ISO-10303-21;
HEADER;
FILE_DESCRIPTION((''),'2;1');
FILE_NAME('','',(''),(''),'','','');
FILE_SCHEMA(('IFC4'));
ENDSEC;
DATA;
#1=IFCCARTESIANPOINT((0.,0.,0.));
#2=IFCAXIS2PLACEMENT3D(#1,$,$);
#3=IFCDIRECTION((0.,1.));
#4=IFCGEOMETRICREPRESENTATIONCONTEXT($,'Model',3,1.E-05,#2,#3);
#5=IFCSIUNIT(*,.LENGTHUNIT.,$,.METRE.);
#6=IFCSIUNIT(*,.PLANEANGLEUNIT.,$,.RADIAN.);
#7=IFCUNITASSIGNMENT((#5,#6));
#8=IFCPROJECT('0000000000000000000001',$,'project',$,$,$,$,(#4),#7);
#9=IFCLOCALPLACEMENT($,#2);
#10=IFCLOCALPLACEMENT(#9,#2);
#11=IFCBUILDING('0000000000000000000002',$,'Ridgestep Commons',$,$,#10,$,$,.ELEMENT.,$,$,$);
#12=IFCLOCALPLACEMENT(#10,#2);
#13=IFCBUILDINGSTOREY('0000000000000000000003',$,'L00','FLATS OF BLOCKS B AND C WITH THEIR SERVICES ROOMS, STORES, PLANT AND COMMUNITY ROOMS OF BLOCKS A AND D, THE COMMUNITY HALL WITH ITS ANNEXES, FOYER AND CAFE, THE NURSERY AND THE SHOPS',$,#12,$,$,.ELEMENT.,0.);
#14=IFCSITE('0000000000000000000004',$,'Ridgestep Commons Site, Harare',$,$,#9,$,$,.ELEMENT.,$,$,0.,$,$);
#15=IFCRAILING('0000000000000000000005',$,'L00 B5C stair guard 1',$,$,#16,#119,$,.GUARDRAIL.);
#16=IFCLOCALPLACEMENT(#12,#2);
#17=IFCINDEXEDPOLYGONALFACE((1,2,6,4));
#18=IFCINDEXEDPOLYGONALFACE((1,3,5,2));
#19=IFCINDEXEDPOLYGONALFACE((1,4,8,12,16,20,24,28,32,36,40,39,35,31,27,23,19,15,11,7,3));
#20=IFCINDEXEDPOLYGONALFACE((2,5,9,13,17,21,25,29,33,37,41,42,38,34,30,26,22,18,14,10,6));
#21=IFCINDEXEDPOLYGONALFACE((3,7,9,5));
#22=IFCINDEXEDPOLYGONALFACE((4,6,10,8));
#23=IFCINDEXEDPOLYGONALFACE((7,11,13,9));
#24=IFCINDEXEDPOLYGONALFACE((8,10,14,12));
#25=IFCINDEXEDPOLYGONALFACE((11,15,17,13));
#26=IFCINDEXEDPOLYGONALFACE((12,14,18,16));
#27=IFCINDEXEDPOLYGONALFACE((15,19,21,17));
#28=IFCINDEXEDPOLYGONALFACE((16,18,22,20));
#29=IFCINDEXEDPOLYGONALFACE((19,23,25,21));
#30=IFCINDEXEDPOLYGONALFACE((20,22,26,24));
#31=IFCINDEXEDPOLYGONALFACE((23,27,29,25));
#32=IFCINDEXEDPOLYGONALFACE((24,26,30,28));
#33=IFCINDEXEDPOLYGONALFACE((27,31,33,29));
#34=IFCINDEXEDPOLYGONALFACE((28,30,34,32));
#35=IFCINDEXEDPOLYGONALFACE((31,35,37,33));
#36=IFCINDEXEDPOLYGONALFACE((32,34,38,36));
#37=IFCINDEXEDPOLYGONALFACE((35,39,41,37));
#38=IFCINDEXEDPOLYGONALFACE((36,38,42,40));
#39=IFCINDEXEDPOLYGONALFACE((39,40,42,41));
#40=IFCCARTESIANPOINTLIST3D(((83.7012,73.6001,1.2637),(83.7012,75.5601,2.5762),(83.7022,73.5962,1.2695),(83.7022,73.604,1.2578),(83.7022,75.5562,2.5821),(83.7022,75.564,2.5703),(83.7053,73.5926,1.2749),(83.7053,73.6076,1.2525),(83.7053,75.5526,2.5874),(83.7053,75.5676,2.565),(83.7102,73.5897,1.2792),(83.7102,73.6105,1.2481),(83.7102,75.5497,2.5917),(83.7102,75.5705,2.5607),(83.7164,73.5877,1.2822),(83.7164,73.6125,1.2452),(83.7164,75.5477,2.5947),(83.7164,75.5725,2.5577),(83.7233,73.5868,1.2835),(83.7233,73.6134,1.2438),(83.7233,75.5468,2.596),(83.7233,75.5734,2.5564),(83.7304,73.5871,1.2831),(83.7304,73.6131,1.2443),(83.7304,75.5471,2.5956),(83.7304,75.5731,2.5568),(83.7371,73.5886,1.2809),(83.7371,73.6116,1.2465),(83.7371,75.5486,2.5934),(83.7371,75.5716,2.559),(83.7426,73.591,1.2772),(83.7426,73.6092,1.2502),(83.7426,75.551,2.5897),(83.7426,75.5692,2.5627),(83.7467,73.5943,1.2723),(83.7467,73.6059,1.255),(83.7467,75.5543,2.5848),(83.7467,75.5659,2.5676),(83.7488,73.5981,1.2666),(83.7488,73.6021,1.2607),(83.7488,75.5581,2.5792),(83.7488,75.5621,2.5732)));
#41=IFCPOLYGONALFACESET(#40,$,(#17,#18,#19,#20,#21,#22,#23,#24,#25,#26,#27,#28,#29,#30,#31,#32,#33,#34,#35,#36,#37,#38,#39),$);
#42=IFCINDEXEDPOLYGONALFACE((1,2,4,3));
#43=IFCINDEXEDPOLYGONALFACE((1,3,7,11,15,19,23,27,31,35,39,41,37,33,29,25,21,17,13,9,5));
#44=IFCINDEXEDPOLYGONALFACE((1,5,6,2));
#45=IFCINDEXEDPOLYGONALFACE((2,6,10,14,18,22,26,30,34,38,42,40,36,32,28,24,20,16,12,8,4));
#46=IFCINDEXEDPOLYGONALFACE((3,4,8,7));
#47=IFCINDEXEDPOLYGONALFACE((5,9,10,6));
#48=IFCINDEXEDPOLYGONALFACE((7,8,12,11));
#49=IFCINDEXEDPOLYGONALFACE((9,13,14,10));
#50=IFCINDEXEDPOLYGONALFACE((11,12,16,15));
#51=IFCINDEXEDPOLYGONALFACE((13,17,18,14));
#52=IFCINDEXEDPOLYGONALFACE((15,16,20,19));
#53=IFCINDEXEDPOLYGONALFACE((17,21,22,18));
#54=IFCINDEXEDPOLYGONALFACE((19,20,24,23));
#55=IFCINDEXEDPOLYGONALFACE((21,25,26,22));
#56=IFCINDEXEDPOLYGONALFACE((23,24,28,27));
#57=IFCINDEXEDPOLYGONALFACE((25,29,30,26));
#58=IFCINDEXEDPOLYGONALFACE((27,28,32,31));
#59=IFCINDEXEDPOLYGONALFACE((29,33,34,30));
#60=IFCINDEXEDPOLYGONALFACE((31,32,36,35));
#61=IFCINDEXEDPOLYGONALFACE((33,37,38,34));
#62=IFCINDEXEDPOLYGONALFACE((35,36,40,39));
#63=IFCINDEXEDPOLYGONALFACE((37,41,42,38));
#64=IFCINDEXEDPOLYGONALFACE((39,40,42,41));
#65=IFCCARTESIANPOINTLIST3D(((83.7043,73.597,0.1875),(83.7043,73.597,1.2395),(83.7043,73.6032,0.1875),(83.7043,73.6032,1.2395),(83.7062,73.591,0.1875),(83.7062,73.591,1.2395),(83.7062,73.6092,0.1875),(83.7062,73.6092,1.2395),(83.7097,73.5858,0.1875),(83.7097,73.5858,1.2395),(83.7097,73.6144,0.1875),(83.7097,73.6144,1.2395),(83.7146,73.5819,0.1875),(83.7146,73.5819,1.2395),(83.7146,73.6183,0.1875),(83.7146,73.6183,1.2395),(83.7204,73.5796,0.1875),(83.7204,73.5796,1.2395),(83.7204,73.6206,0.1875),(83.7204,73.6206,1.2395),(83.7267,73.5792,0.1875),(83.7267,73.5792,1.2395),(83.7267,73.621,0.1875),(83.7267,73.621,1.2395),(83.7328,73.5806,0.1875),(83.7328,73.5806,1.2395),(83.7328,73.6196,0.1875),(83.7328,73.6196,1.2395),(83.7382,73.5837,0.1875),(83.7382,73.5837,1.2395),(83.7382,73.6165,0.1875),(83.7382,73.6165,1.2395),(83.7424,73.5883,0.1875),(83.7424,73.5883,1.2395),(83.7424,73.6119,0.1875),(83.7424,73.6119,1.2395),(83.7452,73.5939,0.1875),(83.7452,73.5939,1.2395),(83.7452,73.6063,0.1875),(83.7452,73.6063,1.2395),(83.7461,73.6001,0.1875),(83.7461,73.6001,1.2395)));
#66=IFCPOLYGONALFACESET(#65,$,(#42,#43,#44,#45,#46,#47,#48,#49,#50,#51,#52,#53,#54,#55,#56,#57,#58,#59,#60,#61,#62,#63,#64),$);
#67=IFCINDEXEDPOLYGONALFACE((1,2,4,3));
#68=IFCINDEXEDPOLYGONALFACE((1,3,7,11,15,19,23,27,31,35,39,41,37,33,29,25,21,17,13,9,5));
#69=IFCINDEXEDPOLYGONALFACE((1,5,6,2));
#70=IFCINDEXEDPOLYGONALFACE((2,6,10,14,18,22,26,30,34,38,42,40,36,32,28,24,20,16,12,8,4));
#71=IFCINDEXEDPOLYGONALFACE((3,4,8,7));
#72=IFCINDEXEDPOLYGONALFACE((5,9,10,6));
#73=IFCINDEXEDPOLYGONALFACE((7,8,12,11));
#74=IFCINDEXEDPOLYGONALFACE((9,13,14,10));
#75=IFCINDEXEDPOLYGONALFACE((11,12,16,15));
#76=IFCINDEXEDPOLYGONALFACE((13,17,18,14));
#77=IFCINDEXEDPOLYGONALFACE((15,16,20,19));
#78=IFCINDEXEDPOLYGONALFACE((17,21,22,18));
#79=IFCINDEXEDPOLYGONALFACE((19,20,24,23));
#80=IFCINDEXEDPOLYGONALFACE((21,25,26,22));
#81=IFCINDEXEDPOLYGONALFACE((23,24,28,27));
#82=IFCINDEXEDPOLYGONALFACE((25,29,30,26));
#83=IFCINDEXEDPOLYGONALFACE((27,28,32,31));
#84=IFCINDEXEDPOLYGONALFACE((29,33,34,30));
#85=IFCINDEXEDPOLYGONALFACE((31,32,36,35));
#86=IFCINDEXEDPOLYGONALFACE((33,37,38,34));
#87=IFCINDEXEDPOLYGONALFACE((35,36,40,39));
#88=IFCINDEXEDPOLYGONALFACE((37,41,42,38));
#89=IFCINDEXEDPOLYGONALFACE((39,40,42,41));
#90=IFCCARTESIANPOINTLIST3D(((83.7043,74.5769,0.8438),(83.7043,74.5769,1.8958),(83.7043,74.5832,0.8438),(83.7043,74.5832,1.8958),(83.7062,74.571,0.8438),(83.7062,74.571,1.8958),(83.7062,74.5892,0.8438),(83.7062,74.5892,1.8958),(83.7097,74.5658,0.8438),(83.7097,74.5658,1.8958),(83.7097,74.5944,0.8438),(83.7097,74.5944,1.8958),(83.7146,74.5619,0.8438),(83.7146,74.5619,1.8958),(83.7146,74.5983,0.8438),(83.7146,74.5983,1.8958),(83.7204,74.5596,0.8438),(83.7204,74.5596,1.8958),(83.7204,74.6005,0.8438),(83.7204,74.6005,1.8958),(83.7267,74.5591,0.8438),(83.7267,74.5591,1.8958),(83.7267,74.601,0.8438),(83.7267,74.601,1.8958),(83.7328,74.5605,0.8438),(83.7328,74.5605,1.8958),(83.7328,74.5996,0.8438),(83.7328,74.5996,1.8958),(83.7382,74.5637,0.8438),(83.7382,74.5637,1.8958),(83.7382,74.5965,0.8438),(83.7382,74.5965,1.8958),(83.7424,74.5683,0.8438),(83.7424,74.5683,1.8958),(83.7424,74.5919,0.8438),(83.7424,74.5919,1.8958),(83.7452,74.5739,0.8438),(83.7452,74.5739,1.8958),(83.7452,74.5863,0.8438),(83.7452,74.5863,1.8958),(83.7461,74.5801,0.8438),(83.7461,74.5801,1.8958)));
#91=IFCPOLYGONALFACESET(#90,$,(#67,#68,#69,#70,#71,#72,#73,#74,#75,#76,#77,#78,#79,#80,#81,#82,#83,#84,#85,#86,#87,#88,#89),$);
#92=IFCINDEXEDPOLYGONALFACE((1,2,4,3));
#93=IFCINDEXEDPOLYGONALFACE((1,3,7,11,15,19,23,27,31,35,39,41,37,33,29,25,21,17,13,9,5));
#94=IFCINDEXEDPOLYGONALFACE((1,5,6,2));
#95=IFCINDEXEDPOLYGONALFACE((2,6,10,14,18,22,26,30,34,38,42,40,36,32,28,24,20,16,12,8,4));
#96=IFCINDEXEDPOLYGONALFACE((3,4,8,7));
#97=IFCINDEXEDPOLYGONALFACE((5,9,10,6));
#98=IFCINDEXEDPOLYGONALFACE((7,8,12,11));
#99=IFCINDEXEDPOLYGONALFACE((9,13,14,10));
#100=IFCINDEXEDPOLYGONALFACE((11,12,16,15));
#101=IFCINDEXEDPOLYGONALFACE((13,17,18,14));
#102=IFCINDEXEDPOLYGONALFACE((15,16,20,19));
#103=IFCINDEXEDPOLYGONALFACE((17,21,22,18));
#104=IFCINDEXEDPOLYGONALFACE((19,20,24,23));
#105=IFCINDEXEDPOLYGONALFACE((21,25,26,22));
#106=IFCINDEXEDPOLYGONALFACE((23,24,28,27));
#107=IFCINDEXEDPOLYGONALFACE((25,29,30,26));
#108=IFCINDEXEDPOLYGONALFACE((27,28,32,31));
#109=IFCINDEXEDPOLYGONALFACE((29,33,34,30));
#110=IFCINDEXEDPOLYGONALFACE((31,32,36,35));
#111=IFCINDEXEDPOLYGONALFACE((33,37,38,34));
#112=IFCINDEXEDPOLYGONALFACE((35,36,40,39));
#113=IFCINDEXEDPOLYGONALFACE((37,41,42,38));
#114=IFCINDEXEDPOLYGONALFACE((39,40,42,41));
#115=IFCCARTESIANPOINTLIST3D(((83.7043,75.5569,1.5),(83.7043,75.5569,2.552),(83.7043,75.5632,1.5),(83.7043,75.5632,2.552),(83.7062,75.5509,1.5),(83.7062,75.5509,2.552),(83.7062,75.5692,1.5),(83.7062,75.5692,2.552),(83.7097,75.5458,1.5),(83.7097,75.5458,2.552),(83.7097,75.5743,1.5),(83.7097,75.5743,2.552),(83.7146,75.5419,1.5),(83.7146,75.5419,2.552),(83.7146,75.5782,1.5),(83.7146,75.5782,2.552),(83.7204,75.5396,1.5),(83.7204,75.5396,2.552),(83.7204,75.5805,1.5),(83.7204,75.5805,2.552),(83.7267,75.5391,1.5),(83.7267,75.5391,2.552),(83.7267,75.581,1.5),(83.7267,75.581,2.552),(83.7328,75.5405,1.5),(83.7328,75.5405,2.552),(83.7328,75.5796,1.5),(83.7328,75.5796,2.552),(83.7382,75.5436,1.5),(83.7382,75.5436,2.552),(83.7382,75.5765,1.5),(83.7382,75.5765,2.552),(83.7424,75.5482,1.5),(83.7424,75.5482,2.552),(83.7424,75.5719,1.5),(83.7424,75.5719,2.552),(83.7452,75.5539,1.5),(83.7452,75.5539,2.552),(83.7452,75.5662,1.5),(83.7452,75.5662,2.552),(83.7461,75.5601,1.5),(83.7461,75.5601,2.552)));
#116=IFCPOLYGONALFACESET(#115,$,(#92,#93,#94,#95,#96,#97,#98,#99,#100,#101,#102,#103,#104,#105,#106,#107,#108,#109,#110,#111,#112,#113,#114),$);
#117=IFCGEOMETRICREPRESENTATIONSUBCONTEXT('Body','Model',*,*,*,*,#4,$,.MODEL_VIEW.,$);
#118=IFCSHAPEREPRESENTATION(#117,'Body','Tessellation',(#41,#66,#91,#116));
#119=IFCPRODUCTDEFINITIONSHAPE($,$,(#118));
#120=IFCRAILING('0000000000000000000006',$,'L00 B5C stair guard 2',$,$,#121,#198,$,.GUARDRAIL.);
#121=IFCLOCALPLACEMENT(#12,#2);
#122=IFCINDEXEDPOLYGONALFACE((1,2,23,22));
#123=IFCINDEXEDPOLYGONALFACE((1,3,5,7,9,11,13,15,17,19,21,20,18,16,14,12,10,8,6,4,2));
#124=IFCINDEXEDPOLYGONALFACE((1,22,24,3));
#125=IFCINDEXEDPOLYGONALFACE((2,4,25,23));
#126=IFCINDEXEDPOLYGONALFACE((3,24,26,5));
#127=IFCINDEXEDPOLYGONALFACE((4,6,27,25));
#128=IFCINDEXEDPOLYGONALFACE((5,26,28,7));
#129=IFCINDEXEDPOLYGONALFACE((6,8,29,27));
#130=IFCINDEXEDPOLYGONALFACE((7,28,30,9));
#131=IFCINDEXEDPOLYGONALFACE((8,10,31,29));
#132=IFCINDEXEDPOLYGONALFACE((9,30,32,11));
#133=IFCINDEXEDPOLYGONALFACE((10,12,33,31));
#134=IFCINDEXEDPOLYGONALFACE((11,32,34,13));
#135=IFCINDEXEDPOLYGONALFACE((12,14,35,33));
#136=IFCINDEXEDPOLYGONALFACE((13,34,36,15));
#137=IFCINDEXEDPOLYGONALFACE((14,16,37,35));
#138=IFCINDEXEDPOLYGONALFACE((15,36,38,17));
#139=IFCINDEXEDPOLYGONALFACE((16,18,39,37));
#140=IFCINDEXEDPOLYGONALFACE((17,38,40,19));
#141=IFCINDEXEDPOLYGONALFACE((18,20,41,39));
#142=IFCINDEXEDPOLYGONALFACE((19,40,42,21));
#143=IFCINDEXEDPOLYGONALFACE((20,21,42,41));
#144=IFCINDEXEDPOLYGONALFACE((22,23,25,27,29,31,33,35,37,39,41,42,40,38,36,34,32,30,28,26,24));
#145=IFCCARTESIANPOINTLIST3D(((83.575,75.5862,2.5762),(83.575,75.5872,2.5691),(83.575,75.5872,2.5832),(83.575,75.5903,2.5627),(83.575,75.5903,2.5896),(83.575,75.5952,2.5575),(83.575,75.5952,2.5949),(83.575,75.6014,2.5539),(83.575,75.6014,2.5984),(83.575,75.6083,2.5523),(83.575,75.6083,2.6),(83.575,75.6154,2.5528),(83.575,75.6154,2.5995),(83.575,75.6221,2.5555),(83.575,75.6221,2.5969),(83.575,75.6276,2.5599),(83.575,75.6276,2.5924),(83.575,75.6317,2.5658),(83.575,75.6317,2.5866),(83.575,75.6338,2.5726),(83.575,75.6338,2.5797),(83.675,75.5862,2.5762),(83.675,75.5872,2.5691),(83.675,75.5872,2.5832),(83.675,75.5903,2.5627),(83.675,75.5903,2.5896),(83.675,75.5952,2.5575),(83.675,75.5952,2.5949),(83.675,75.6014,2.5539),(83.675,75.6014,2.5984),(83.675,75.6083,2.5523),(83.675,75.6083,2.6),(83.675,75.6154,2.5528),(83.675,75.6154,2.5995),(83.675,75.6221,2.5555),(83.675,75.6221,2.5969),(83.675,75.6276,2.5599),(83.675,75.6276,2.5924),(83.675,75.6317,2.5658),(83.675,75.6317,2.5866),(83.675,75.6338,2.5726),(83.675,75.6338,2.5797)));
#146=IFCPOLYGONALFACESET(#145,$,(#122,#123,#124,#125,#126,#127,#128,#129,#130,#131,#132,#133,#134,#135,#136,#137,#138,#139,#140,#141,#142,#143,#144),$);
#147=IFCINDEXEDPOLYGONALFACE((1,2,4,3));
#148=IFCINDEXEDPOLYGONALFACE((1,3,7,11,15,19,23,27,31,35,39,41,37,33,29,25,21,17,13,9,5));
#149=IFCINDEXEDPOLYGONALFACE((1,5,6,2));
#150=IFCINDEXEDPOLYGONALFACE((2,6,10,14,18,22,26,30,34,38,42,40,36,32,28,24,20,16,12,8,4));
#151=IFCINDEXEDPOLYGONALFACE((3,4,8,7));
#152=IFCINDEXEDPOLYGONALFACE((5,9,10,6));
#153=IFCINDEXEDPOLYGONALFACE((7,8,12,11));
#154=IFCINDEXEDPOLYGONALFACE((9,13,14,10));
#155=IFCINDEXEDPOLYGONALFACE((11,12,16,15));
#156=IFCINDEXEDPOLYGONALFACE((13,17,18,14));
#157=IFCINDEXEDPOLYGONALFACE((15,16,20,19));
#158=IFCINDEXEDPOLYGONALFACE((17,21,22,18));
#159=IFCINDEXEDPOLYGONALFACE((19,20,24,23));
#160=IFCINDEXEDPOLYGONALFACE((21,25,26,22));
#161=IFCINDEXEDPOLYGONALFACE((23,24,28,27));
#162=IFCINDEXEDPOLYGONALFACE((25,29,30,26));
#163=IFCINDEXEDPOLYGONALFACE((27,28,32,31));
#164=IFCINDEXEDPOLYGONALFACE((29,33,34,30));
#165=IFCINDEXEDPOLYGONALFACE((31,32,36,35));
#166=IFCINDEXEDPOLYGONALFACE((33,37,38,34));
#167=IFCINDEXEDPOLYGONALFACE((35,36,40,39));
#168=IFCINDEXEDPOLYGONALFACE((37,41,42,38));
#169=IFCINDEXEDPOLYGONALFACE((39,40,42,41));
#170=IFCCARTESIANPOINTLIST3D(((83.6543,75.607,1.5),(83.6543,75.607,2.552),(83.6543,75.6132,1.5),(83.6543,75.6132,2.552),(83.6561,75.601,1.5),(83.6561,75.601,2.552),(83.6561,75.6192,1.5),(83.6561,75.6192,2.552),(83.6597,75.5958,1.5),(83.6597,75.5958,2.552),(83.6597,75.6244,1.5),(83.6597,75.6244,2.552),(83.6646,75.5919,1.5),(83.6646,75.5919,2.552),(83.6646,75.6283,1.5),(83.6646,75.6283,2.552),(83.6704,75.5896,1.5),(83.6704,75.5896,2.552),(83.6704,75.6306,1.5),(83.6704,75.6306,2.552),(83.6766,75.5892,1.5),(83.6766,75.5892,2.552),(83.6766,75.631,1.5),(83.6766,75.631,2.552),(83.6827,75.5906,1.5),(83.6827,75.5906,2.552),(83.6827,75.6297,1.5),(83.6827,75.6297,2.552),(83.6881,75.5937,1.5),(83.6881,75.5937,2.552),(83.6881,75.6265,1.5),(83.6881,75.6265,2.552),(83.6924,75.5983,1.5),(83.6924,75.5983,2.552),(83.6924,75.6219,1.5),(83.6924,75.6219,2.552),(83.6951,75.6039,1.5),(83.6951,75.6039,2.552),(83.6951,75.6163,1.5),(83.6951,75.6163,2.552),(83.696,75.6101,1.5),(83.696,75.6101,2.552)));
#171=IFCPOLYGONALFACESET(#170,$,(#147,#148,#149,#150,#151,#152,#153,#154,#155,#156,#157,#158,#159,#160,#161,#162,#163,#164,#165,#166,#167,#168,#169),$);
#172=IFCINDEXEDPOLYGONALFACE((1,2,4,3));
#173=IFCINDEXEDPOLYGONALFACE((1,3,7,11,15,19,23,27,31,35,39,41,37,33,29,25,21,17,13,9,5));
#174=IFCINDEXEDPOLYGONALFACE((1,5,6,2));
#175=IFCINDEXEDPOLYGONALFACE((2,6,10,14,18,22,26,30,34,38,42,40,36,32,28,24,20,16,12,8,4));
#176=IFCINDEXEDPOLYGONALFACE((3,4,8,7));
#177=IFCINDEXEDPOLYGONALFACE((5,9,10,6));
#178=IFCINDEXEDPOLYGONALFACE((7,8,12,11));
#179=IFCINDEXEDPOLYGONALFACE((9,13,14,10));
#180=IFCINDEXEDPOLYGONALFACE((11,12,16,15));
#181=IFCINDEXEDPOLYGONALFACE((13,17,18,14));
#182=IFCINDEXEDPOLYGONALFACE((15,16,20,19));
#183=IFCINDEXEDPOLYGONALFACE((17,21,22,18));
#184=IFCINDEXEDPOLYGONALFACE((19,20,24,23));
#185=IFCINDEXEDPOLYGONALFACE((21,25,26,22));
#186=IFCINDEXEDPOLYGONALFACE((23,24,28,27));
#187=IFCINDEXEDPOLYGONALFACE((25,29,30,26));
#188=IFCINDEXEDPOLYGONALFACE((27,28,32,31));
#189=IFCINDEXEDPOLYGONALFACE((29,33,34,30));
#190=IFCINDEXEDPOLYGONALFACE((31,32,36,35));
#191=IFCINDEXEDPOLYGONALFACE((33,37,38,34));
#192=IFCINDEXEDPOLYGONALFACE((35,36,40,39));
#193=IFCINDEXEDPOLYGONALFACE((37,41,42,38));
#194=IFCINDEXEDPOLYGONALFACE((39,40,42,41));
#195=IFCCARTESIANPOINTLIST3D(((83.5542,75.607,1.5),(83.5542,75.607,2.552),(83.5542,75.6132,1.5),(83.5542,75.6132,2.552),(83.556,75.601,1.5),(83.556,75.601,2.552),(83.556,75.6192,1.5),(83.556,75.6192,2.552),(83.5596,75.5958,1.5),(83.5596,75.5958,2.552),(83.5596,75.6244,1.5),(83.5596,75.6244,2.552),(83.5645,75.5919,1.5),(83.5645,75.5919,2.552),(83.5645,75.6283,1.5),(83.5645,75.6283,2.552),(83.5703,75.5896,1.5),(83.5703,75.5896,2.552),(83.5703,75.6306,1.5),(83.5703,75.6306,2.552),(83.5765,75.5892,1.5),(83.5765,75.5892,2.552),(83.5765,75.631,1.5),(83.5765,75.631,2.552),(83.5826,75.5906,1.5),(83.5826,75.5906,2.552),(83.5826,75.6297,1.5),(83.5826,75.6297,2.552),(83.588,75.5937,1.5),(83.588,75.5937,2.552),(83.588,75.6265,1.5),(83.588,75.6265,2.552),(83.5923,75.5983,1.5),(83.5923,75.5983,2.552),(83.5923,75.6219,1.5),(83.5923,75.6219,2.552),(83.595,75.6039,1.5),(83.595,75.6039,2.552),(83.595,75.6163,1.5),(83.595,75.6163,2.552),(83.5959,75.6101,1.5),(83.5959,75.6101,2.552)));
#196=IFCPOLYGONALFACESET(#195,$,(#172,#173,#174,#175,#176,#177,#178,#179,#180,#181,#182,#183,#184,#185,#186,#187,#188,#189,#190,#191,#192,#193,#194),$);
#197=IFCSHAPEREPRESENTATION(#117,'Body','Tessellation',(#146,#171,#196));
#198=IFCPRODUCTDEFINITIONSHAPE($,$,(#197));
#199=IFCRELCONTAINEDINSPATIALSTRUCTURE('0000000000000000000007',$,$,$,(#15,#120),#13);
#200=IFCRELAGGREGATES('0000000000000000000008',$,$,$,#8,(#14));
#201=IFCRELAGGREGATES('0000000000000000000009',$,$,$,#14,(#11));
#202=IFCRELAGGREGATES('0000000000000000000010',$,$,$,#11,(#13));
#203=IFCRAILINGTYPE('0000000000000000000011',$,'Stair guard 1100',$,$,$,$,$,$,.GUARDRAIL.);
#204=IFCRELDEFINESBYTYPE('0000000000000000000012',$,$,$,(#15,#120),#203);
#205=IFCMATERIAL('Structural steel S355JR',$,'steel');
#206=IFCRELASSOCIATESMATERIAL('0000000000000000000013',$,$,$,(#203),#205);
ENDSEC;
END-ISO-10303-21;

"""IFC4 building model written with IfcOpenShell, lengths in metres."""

from ifc_helpers import new_model, si_unit, direction, frame, origin, origin_2d, place, context, subcontext, project, spatial, circle, extrude, material, type_object, element, save


model = new_model("IFC4")

# Units and contexts
model_context = context("Model", 3, precision=1e-05, world=origin(), true_north=direction((0.0, 1.0)))
body_context = subcontext(model_context, "Body", "Model", "MODEL_VIEW")
ifc_project = project(units=[si_unit("LENGTHUNIT", "METRE"), si_unit("PLANEANGLEUNIT", "RADIAN")], contexts=[model_context])

# Site, building, storey
site_placement = place(None, origin())
site = spatial("IfcSite", under=ifc_project, at=site_placement, Name="Ridgestep Commons Site, Harare", CompositionType="ELEMENT", RefElevation=0.0)
building_placement = place(site_placement, origin())
building = spatial("IfcBuilding", under=site, at=building_placement, Name="Ridgestep Commons", CompositionType="ELEMENT")
storey_placement = place(building_placement, origin())
storey = spatial("IfcBuildingStorey", under=building, at=storey_placement, Name="L00", Description="FLATS OF BLOCKS B AND C WITH THEIR SERVICES ROOMS, STORES, PLANT AND COMMUNITY ROOMS OF BLOCKS A AND D, THE COMMUNITY HALL WITH ITS ANNEXES, FOYER AND CAFE, THE NURSERY AND THE SHOPS", CompositionType="ELEMENT", Elevation=0.0)

# Railings
ifc_material_1 = material(Name="Structural steel S355JR", Category="steel")
railing_type_1 = type_object("IfcRailingType", Name="Stair guard 1100", PredefinedType="GUARDRAIL", material=ifc_material_1)
railing_1_placement = place(storey_placement, frame((83.7251, 73.6001, 0.1875)))
element("IfcRailing", 1, at=railing_1_placement, inside=storey, type_object=railing_type_1, Name="L00 B5C stair guard 1", PredefinedType="GUARDRAIL", context=body_context, shape_type="SweptSolid", body=[
    extrude(circle(Radius=0.0239, at=origin_2d()), frame((0.0, 0.0, 1.0762), z_axis=(0.0, 0.830902, 0.556419), x_axis=(-1.0, 0.0, 0.0)), (0.0, 0.0, 1.0), 2.3589),
    extrude(circle(Radius=0.021, at=origin_2d()), origin(), (0.0, 0.0, 1.0), 1.052),
    extrude(circle(Radius=0.021, at=origin_2d()), frame((0.0, 0.98, 0.6562)), (0.0, 0.0, 1.0), 1.052),
    extrude(circle(Radius=0.021, at=origin_2d()), frame((0.0, 1.96, 1.3125)), (0.0, 0.0, 1.0), 1.052),
])
railing_2_placement = place(storey_placement, frame((83.675, 75.6101, 1.5)))
element("IfcRailing", 2, at=railing_2_placement, inside=storey, type_object=railing_type_1, Name="L00 B5C stair guard 2", PredefinedType="GUARDRAIL", context=body_context, shape_type="SweptSolid", body=[
    extrude(circle(Radius=0.0239, at=origin_2d()), frame((0.0, 0.0, 1.0762), z_axis=(-1.0, 0.0, 0.0), x_axis=(0.0, -1.0, 0.0)), (0.0, 0.0, 1.0), 0.1001),
    extrude(circle(Radius=0.021, at=origin_2d()), origin(), (0.0, 0.0, 1.0), 1.052),
    extrude(circle(Radius=0.021, at=origin_2d()), frame((-0.1001, 0.0, 0.0)), (0.0, 0.0, 1.0), 1.052),
])

save(model, "model.ifc")
